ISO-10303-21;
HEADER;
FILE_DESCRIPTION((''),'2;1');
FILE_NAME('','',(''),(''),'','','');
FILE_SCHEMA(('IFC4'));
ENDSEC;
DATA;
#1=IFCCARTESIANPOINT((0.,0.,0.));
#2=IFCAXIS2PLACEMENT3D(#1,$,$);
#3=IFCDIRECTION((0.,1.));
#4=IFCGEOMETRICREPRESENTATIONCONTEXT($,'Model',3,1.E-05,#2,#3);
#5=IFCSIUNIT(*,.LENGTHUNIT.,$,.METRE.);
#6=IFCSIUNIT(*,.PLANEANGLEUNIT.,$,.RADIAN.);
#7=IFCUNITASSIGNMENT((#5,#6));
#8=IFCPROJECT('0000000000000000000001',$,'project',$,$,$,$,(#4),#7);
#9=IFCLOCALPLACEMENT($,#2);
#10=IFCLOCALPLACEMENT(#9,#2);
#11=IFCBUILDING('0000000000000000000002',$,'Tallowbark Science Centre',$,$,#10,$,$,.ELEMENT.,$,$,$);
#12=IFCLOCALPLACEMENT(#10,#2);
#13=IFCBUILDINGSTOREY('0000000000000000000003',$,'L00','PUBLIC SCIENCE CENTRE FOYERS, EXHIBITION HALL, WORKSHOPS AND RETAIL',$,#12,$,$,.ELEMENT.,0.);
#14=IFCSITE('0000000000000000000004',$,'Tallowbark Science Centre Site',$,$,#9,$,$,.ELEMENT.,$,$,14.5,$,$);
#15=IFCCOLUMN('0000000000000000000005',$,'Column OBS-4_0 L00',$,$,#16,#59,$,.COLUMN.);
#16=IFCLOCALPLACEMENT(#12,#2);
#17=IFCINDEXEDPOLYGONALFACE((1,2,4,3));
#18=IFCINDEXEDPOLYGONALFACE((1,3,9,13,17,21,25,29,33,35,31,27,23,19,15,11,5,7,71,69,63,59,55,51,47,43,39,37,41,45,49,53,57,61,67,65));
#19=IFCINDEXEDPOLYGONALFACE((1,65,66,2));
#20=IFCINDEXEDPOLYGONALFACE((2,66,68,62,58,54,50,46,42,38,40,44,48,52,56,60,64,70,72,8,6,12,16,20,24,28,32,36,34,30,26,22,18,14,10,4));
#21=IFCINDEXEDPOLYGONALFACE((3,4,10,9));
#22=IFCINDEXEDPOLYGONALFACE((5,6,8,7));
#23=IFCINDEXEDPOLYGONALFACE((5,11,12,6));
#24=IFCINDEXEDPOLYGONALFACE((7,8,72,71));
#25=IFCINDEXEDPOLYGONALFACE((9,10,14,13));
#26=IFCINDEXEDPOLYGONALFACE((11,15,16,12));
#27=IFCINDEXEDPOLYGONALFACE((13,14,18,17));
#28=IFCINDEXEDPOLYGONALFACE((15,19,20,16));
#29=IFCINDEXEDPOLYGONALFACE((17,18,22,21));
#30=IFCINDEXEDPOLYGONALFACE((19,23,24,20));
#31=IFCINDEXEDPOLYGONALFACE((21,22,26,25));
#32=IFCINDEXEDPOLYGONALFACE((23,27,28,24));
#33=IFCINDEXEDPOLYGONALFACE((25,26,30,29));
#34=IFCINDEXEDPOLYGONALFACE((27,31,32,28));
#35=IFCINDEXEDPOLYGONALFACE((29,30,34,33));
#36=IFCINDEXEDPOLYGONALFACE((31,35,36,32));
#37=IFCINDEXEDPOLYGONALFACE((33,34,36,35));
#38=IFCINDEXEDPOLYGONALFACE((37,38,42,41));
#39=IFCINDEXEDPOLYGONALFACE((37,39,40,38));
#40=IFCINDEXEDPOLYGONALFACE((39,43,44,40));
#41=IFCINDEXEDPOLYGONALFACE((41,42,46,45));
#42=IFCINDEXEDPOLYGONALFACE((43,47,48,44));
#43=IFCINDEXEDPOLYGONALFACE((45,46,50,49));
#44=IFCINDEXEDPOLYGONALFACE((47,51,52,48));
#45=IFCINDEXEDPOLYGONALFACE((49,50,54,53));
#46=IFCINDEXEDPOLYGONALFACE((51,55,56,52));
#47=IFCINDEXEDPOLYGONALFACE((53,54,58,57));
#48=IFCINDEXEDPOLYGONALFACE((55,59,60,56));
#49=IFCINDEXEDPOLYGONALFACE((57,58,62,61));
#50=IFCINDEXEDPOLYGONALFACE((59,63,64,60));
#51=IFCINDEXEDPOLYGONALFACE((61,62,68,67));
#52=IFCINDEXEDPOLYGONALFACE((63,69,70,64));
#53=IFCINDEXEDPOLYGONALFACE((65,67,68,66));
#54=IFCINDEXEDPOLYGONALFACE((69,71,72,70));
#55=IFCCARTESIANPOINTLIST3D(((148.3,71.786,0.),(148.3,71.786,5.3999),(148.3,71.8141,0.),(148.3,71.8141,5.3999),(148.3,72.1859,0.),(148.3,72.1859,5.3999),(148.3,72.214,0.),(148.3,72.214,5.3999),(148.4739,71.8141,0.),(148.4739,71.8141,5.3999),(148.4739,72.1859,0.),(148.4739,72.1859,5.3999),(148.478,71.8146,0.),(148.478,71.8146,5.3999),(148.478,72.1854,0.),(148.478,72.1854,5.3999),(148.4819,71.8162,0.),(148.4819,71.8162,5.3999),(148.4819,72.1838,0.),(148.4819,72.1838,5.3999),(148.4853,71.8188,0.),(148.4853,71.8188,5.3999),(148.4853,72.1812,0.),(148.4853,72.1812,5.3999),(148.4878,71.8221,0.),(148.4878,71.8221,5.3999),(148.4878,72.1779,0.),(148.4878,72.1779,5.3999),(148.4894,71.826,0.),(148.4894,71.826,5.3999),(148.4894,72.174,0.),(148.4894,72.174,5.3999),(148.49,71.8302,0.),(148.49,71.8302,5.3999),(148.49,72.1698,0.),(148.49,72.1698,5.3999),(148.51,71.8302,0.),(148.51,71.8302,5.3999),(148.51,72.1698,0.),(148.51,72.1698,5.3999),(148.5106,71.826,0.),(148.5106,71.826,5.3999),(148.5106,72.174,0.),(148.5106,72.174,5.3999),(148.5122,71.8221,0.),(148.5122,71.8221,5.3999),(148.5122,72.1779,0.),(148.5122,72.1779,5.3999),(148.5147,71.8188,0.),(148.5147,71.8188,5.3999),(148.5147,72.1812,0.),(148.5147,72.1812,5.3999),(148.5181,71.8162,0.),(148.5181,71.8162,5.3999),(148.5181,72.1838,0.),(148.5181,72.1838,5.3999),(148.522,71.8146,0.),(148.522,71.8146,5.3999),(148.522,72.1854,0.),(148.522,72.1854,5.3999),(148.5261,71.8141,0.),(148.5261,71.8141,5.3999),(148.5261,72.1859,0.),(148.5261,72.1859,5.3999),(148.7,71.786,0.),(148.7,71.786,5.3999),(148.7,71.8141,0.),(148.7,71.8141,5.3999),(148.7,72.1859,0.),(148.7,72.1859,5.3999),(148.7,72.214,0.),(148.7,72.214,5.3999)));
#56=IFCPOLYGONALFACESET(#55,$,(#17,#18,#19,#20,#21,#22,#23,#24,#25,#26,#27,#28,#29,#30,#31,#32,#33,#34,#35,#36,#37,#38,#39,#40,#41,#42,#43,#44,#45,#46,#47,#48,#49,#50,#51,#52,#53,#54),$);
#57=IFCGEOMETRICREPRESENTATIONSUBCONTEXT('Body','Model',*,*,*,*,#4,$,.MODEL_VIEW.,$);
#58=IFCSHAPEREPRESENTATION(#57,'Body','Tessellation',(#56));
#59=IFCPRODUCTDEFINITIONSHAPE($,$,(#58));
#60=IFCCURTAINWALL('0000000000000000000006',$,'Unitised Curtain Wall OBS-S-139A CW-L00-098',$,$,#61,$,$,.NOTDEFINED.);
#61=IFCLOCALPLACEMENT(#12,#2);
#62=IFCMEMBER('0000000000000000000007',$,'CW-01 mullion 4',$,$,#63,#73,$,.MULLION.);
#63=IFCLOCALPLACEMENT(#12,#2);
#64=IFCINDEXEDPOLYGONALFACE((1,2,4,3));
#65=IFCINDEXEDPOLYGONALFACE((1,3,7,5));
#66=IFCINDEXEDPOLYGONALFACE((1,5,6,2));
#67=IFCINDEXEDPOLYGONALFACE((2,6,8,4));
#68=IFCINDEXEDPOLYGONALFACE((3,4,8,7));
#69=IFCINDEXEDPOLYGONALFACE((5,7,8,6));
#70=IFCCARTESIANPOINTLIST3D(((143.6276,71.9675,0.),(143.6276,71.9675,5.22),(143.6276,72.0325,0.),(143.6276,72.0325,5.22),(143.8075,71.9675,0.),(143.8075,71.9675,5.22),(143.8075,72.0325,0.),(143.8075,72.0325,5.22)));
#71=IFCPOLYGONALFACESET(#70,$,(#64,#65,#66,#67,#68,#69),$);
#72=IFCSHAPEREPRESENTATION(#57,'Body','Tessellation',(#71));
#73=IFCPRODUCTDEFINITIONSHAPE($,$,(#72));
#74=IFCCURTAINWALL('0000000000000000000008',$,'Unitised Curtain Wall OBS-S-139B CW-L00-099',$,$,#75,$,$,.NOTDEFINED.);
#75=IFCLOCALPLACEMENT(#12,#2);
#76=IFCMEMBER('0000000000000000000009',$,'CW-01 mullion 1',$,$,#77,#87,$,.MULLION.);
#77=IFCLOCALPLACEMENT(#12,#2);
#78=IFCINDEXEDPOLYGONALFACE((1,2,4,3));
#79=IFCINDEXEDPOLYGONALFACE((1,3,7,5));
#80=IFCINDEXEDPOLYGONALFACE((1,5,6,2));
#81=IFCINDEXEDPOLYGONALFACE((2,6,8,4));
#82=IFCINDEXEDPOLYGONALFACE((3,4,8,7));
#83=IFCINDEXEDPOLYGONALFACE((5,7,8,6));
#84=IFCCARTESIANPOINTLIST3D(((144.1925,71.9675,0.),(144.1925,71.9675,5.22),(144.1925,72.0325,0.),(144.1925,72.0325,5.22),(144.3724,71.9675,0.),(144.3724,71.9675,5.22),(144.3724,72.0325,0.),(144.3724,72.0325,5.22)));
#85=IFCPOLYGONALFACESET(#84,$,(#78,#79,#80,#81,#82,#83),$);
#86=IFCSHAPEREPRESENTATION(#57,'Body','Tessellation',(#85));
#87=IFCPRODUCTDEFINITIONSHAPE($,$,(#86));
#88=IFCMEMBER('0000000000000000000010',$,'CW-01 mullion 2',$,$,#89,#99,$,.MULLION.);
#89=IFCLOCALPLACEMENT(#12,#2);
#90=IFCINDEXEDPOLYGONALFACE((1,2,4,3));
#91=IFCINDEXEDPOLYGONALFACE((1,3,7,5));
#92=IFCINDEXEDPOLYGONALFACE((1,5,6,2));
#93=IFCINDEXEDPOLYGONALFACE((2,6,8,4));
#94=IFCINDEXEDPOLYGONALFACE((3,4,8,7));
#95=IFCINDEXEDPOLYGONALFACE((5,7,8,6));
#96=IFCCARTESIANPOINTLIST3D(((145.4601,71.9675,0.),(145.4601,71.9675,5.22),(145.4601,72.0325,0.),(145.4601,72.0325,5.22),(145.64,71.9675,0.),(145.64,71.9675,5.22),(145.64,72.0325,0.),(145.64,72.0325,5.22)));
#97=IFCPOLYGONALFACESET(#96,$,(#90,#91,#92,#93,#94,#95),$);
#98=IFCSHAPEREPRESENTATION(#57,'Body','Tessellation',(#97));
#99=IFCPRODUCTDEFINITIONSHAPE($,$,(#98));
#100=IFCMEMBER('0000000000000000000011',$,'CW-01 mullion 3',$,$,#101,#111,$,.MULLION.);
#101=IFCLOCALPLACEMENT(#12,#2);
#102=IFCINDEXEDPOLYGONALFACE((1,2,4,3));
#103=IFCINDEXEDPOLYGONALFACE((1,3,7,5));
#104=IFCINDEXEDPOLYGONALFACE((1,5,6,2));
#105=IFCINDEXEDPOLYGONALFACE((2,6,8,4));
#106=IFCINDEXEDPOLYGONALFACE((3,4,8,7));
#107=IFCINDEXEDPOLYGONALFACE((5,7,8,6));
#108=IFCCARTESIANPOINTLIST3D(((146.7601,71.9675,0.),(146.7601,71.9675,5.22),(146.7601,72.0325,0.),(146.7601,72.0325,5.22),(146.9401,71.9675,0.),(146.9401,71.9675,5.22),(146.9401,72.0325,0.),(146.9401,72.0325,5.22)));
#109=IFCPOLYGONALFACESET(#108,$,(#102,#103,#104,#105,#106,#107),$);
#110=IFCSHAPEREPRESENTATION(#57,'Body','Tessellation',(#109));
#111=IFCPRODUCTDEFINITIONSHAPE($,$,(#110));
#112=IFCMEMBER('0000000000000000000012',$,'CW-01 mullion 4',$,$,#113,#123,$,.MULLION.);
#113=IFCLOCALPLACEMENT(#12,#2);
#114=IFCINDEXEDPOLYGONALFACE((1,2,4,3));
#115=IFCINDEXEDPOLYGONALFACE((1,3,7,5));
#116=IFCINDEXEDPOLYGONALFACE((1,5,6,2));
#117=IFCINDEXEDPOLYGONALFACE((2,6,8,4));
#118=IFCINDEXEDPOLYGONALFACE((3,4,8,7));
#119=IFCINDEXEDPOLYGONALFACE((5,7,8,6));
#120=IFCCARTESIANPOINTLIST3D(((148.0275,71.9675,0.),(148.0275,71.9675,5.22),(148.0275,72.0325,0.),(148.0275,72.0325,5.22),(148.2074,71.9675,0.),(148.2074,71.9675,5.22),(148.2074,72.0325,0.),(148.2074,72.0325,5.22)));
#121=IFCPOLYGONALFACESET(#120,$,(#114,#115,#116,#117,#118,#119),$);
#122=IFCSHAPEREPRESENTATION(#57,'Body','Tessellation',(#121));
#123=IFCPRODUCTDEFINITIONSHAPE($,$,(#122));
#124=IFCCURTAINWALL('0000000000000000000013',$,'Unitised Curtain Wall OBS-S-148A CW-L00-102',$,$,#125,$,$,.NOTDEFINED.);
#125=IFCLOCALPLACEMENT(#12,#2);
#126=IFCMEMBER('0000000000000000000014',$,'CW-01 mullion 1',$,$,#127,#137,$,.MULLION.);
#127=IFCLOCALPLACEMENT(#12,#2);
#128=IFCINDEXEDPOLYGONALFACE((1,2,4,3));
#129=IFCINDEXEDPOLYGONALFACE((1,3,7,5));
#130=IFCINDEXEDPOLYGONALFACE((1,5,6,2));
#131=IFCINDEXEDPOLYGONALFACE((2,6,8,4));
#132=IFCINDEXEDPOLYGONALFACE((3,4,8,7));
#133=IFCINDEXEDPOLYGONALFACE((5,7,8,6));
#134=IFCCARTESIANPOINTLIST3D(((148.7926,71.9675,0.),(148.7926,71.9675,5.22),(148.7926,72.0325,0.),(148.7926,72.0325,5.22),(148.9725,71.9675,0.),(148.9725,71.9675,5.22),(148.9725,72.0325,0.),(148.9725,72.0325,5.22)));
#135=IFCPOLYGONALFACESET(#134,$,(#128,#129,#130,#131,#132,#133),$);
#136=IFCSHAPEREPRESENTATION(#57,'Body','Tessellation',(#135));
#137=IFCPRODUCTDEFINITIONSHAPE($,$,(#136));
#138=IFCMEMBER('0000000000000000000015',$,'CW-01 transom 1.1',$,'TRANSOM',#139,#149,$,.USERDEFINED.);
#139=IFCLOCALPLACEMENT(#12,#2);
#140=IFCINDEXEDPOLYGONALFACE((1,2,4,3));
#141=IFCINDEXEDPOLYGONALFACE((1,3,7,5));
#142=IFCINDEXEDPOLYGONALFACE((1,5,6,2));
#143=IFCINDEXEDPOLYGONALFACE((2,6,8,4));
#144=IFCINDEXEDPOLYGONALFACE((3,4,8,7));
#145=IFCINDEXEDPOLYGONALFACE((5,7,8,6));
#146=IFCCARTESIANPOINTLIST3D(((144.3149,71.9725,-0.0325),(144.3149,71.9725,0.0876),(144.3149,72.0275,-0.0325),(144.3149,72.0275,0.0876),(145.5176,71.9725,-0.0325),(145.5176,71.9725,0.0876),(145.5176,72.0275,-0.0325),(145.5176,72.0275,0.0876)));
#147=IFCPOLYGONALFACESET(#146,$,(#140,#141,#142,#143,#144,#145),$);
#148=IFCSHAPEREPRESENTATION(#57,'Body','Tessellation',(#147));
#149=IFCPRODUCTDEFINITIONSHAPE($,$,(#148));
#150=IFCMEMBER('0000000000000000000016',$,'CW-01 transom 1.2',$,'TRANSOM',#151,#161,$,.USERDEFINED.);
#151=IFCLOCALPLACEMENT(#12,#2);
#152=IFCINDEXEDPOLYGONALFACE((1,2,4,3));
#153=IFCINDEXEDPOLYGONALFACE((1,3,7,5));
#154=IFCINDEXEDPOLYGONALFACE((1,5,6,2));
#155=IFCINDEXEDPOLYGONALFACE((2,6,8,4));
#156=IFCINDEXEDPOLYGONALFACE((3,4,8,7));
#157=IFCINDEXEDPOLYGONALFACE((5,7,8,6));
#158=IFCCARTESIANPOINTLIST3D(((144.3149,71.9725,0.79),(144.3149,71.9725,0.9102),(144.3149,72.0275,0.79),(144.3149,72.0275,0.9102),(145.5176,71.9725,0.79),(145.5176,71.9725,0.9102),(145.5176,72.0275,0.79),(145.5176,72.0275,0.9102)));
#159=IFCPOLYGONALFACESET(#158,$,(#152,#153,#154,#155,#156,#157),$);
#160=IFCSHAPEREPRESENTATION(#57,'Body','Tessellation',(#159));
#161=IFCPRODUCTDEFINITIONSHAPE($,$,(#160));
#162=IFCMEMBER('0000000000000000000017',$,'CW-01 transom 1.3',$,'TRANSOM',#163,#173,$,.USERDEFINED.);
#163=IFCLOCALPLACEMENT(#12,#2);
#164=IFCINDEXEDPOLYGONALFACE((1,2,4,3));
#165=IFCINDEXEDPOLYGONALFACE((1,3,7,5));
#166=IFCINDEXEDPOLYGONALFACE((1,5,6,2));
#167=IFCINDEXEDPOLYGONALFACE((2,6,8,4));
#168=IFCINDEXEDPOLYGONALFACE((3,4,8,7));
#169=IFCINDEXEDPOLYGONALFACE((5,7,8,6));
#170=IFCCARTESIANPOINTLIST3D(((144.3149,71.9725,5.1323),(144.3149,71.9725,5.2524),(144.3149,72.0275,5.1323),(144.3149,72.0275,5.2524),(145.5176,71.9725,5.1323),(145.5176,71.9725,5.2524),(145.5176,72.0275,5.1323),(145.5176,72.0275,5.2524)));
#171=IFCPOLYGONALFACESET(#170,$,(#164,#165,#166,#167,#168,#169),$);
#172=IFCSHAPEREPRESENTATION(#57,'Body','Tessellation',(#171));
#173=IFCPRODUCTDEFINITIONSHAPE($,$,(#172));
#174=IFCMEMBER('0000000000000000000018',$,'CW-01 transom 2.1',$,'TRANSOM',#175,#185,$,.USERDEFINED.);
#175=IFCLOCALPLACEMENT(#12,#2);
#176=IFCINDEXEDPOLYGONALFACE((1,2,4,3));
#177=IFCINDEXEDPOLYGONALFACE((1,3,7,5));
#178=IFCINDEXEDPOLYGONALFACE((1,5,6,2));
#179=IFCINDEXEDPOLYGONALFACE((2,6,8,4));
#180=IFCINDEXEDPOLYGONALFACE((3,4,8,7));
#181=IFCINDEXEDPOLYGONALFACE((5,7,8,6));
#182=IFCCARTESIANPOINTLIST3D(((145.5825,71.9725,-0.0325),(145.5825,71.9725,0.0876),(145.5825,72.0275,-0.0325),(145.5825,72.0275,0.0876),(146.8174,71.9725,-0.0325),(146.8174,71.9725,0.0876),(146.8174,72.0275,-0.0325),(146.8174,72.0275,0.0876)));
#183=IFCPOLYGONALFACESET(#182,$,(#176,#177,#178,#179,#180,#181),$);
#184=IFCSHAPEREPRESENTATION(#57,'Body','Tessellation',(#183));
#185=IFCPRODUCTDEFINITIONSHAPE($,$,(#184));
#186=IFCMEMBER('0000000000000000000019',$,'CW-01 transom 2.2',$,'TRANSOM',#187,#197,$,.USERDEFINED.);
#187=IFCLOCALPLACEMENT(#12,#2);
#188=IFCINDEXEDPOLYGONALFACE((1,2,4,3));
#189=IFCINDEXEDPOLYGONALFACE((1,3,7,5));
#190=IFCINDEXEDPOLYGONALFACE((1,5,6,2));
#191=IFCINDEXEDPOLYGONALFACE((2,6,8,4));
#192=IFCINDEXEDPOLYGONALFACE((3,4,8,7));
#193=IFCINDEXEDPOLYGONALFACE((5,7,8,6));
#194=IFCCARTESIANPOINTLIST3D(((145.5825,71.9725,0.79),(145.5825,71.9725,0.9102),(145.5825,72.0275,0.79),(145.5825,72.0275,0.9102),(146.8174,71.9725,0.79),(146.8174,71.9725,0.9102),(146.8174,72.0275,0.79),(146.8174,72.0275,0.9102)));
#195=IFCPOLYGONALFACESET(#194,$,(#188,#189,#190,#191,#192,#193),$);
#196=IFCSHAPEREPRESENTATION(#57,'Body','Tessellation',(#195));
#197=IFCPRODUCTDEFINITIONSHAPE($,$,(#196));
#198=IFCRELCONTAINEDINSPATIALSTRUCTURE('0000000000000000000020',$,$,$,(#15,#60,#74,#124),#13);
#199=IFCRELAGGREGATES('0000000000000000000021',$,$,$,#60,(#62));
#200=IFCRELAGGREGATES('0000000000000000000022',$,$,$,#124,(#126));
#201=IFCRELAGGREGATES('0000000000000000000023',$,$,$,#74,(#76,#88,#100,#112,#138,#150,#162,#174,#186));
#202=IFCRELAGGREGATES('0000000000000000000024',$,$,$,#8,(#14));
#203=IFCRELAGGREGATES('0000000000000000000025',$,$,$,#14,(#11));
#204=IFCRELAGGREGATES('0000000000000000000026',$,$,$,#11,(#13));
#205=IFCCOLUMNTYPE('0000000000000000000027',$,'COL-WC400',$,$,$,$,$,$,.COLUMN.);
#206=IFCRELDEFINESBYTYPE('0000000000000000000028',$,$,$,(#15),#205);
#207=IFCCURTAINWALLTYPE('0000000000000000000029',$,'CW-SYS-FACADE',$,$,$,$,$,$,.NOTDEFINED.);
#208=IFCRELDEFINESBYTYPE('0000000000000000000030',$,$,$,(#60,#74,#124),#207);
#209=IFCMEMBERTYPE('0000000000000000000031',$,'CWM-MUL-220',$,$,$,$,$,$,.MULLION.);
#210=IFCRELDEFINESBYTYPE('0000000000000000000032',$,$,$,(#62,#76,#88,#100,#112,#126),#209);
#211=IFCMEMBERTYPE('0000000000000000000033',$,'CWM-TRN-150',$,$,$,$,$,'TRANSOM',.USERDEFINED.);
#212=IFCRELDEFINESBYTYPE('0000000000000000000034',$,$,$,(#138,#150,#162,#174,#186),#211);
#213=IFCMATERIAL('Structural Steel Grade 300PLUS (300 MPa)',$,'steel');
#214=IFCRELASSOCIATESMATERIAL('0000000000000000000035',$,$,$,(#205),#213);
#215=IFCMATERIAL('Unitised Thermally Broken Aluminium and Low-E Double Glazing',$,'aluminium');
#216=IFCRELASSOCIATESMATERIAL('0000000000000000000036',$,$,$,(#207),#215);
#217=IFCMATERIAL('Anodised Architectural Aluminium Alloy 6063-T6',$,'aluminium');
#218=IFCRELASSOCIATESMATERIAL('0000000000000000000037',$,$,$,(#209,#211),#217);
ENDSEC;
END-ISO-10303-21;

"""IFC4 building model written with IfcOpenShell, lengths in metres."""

from ifc_helpers import new_model, si_unit, direction, frame, origin, origin_2d, place, context, subcontext, project, spatial, rectangle, i_section, extrude, material, material_profile, profile_set, type_object, element, aggregate, save


model = new_model("IFC4")

# Units and contexts
model_context = context("Model", 3, precision=1e-05, world=origin(), true_north=direction((0.0, 1.0)))
body_context = subcontext(model_context, "Body", "Model", "MODEL_VIEW")
ifc_project = project(units=[si_unit("LENGTHUNIT", "METRE"), si_unit("PLANEANGLEUNIT", "RADIAN")], contexts=[model_context])

# Site, building, storey
site_placement = place(None, origin())
site = spatial("IfcSite", under=ifc_project, at=site_placement, Name="Tallowbark Science Centre Site", CompositionType="ELEMENT", RefElevation=14.5)
building_placement = place(site_placement, origin())
building = spatial("IfcBuilding", under=site, at=building_placement, Name="Tallowbark Science Centre", CompositionType="ELEMENT")
storey_placement = place(building_placement, origin())
storey = spatial("IfcBuildingStorey", under=building, at=storey_placement, Name="L00", Description="PUBLIC SCIENCE CENTRE FOYERS, EXHIBITION HALL, WORKSHOPS AND RETAIL", CompositionType="ELEMENT", Elevation=0.0)

# Column
ifc_material_1 = material(Name="Structural Steel Grade 300PLUS (300 MPa)", Category="steel")
ifc_material_profile_1 = material_profile(ifc_material_1, i_section(OverallWidth=0.3999, OverallDepth=0.428, WebThickness=0.02, FlangeThickness=0.0281, FilletRadius=0.0161, at=origin_2d()), Name="400WC270")
ifc_profile_set_1 = profile_set([ifc_material_profile_1], Name="Structural Steel Grade 300PLUS (300 MPa)")
column_type = type_object("IfcColumnType", Name="COL-WC400", PredefinedType="COLUMN", material=ifc_profile_set_1)
column_placement = place(storey_placement, frame((148.5, 72.0, 0.0), z_axis=(0.0, 0.0, 1.0), x_axis=(1.0, 0.0, 0.0)))
element("IfcColumn", 1, at=column_placement, inside=storey, type_object=column_type, Name="Column OBS-4_0 L00", PredefinedType="COLUMN", context=body_context, shape_type="SweptSolid", body=[
    extrude(i_section(OverallWidth=0.3999, OverallDepth=0.428, WebThickness=0.02, FlangeThickness=0.0281, FilletRadius=0.0161, at=origin_2d()), origin(), (0.0, 0.0, 1.0), 5.3999),
])

# Curtain wall, member
ifc_material_2 = material(Name="Unitised Thermally Broken Aluminium and Low-E Double Glazing", Category="aluminium")
curtain_wall_type = type_object("IfcCurtainWallType", Name="CW-SYS-FACADE", PredefinedType="NOTDEFINED", material=ifc_material_2)
curtain_wall_1_placement = place(storey_placement, origin())
curtain_wall_1 = element("IfcCurtainWall", 2, at=curtain_wall_1_placement, inside=storey, type_object=curtain_wall_type, Name="Unitised Curtain Wall OBS-S-139A CW-L00-098", PredefinedType="NOTDEFINED")
ifc_material_3 = material(Name="Anodised Architectural Aluminium Alloy 6063-T6", Category="aluminium")
ifc_material_profile_2 = material_profile(ifc_material_3, rectangle(XDim=0.0649, YDim=0.1799, at=origin_2d()), Name="ALU65x180")
ifc_profile_set_2 = profile_set([ifc_material_profile_2], Name="Anodised Architectural Aluminium Alloy 6063-T6")
member_type_1 = type_object("IfcMemberType", Name="CWM-MUL-220", PredefinedType="MULLION", material=ifc_profile_set_2)
member_1_placement = place(storey_placement, frame((143.7175, 72.0, 0.0), z_axis=(0.0, 0.0, 1.0), x_axis=(0.0, 1.0, 0.0)))
member_1 = element("IfcMember", 3, at=member_1_placement, type_object=member_type_1, Name="CW-01 mullion 4", PredefinedType="MULLION", context=body_context, shape_type="SweptSolid", body=[
    extrude(rectangle(XDim=0.0649, YDim=0.1799, at=origin_2d()), origin(), (0.0, 0.0, 1.0), 5.22),
])
aggregate(curtain_wall_1, [member_1])

# Curtain wall, members
curtain_wall_2_placement = place(storey_placement, origin())
curtain_wall_2 = element("IfcCurtainWall", 4, at=curtain_wall_2_placement, inside=storey, type_object=curtain_wall_type, Name="Unitised Curtain Wall OBS-S-139B CW-L00-099", PredefinedType="NOTDEFINED")
member_2_placement = place(storey_placement, frame((144.2825, 72.0, 0.0), z_axis=(0.0, 0.0, 1.0), x_axis=(0.0, 1.0, 0.0)))
member_2 = element("IfcMember", 5, at=member_2_placement, type_object=member_type_1, Name="CW-01 mullion 1", PredefinedType="MULLION", context=body_context, shape_type="SweptSolid", body=[
    extrude(rectangle(XDim=0.0649, YDim=0.1799, at=origin_2d()), origin(), (0.0, 0.0, 1.0), 5.22),
])
member_3_placement = place(storey_placement, frame((145.55, 72.0, 0.0), z_axis=(0.0, 0.0, 1.0), x_axis=(0.0, 1.0, 0.0)))
member_3 = element("IfcMember", 6, at=member_3_placement, type_object=member_type_1, Name="CW-01 mullion 2", PredefinedType="MULLION", context=body_context, shape_type="SweptSolid", body=[
    extrude(rectangle(XDim=0.0649, YDim=0.1799, at=origin_2d()), origin(), (0.0, 0.0, 1.0), 5.22),
])
member_4_placement = place(storey_placement, frame((146.8501, 72.0, 0.0), z_axis=(0.0, 0.0, 1.0), x_axis=(0.0, 1.0, 0.0)))
member_4 = element("IfcMember", 7, at=member_4_placement, type_object=member_type_1, Name="CW-01 mullion 3", PredefinedType="MULLION", context=body_context, shape_type="SweptSolid", body=[
    extrude(rectangle(XDim=0.0649, YDim=0.1799, at=origin_2d()), origin(), (0.0, 0.0, 1.0), 5.22),
])
member_5_placement = place(storey_placement, frame((148.1174, 72.0, 0.0), z_axis=(0.0, 0.0, 1.0), x_axis=(0.0, 1.0, 0.0)))
member_5 = element("IfcMember", 8, at=member_5_placement, type_object=member_type_1, Name="CW-01 mullion 4", PredefinedType="MULLION", context=body_context, shape_type="SweptSolid", body=[
    extrude(rectangle(XDim=0.0649, YDim=0.1799, at=origin_2d()), origin(), (0.0, 0.0, 1.0), 5.22),
])

# Curtain wall, member
curtain_wall_3_placement = place(storey_placement, origin())
curtain_wall_3 = element("IfcCurtainWall", 9, at=curtain_wall_3_placement, inside=storey, type_object=curtain_wall_type, Name="Unitised Curtain Wall OBS-S-148A CW-L00-102", PredefinedType="NOTDEFINED")
member_6_placement = place(storey_placement, frame((148.8826, 72.0, 0.0), z_axis=(0.0, 0.0, 1.0), x_axis=(0.0, 1.0, 0.0)))
member_6 = element("IfcMember", 10, at=member_6_placement, type_object=member_type_1, Name="CW-01 mullion 1", PredefinedType="MULLION", context=body_context, shape_type="SweptSolid", body=[
    extrude(rectangle(XDim=0.0649, YDim=0.1799, at=origin_2d()), origin(), (0.0, 0.0, 1.0), 5.22),
])

# Members
ifc_material_profile_3 = material_profile(ifc_material_3, rectangle(XDim=0.0549, YDim=0.1201, at=origin_2d()), Name="ALU55x120")
ifc_profile_set_3 = profile_set([ifc_material_profile_3], Name="Anodised Architectural Aluminium Alloy 6063-T6")
member_type_2 = type_object("IfcMemberType", Name="CWM-TRN-150", ElementType="TRANSOM", PredefinedType="USERDEFINED", material=ifc_profile_set_3)
member_7_placement = place(storey_placement, frame((144.3149, 72.0, 0.0276), z_axis=(1.0, 0.0, 0.0), x_axis=(0.0, 1.0, 0.0)))
member_7 = element("IfcMember", 11, at=member_7_placement, type_object=member_type_2, Name="CW-01 transom 1.1", ObjectType="TRANSOM", PredefinedType="USERDEFINED", context=body_context, shape_type="SweptSolid", body=[
    extrude(rectangle(XDim=0.0549, YDim=0.1201, at=origin_2d()), origin(), (0.0, 0.0, 1.0), 1.2026),
])
member_8_placement = place(storey_placement, frame((144.3149, 72.0, 0.8501), z_axis=(1.0, 0.0, 0.0), x_axis=(0.0, 1.0, 0.0)))
member_8 = element("IfcMember", 12, at=member_8_placement, type_object=member_type_2, Name="CW-01 transom 1.2", ObjectType="TRANSOM", PredefinedType="USERDEFINED", context=body_context, shape_type="SweptSolid", body=[
    extrude(rectangle(XDim=0.0549, YDim=0.1201, at=origin_2d()), origin(), (0.0, 0.0, 1.0), 1.2026),
])
member_9_placement = place(storey_placement, frame((144.3149, 72.0, 5.1924), z_axis=(1.0, 0.0, 0.0), x_axis=(0.0, 1.0, 0.0)))
member_9 = element("IfcMember", 13, at=member_9_placement, type_object=member_type_2, Name="CW-01 transom 1.3", ObjectType="TRANSOM", PredefinedType="USERDEFINED", context=body_context, shape_type="SweptSolid", body=[
    extrude(rectangle(XDim=0.0549, YDim=0.1201, at=origin_2d()), origin(), (0.0, 0.0, 1.0), 1.2026),
])
member_10_placement = place(storey_placement, frame((145.5825, 72.0, 0.0276), z_axis=(1.0, 0.0, 0.0), x_axis=(0.0, 1.0, 0.0)))
member_10 = element("IfcMember", 14, at=member_10_placement, type_object=member_type_2, Name="CW-01 transom 2.1", ObjectType="TRANSOM", PredefinedType="USERDEFINED", context=body_context, shape_type="SweptSolid", body=[
    extrude(rectangle(XDim=0.0549, YDim=0.1201, at=origin_2d()), origin(), (0.0, 0.0, 1.0), 1.2349),
])
member_11_placement = place(storey_placement, frame((145.5825, 72.0, 0.8501), z_axis=(1.0, 0.0, 0.0), x_axis=(0.0, 1.0, 0.0)))
member_11 = element("IfcMember", 15, at=member_11_placement, type_object=member_type_2, Name="CW-01 transom 2.2", ObjectType="TRANSOM", PredefinedType="USERDEFINED", context=body_context, shape_type="SweptSolid", body=[
    extrude(rectangle(XDim=0.0549, YDim=0.1201, at=origin_2d()), origin(), (0.0, 0.0, 1.0), 1.2349),
])
aggregate(curtain_wall_3, [member_6])

aggregate(curtain_wall_2, [member_2, member_3, member_4, member_5, member_7, member_8, member_9, member_10, member_11])

save(model, "model.ifc")
